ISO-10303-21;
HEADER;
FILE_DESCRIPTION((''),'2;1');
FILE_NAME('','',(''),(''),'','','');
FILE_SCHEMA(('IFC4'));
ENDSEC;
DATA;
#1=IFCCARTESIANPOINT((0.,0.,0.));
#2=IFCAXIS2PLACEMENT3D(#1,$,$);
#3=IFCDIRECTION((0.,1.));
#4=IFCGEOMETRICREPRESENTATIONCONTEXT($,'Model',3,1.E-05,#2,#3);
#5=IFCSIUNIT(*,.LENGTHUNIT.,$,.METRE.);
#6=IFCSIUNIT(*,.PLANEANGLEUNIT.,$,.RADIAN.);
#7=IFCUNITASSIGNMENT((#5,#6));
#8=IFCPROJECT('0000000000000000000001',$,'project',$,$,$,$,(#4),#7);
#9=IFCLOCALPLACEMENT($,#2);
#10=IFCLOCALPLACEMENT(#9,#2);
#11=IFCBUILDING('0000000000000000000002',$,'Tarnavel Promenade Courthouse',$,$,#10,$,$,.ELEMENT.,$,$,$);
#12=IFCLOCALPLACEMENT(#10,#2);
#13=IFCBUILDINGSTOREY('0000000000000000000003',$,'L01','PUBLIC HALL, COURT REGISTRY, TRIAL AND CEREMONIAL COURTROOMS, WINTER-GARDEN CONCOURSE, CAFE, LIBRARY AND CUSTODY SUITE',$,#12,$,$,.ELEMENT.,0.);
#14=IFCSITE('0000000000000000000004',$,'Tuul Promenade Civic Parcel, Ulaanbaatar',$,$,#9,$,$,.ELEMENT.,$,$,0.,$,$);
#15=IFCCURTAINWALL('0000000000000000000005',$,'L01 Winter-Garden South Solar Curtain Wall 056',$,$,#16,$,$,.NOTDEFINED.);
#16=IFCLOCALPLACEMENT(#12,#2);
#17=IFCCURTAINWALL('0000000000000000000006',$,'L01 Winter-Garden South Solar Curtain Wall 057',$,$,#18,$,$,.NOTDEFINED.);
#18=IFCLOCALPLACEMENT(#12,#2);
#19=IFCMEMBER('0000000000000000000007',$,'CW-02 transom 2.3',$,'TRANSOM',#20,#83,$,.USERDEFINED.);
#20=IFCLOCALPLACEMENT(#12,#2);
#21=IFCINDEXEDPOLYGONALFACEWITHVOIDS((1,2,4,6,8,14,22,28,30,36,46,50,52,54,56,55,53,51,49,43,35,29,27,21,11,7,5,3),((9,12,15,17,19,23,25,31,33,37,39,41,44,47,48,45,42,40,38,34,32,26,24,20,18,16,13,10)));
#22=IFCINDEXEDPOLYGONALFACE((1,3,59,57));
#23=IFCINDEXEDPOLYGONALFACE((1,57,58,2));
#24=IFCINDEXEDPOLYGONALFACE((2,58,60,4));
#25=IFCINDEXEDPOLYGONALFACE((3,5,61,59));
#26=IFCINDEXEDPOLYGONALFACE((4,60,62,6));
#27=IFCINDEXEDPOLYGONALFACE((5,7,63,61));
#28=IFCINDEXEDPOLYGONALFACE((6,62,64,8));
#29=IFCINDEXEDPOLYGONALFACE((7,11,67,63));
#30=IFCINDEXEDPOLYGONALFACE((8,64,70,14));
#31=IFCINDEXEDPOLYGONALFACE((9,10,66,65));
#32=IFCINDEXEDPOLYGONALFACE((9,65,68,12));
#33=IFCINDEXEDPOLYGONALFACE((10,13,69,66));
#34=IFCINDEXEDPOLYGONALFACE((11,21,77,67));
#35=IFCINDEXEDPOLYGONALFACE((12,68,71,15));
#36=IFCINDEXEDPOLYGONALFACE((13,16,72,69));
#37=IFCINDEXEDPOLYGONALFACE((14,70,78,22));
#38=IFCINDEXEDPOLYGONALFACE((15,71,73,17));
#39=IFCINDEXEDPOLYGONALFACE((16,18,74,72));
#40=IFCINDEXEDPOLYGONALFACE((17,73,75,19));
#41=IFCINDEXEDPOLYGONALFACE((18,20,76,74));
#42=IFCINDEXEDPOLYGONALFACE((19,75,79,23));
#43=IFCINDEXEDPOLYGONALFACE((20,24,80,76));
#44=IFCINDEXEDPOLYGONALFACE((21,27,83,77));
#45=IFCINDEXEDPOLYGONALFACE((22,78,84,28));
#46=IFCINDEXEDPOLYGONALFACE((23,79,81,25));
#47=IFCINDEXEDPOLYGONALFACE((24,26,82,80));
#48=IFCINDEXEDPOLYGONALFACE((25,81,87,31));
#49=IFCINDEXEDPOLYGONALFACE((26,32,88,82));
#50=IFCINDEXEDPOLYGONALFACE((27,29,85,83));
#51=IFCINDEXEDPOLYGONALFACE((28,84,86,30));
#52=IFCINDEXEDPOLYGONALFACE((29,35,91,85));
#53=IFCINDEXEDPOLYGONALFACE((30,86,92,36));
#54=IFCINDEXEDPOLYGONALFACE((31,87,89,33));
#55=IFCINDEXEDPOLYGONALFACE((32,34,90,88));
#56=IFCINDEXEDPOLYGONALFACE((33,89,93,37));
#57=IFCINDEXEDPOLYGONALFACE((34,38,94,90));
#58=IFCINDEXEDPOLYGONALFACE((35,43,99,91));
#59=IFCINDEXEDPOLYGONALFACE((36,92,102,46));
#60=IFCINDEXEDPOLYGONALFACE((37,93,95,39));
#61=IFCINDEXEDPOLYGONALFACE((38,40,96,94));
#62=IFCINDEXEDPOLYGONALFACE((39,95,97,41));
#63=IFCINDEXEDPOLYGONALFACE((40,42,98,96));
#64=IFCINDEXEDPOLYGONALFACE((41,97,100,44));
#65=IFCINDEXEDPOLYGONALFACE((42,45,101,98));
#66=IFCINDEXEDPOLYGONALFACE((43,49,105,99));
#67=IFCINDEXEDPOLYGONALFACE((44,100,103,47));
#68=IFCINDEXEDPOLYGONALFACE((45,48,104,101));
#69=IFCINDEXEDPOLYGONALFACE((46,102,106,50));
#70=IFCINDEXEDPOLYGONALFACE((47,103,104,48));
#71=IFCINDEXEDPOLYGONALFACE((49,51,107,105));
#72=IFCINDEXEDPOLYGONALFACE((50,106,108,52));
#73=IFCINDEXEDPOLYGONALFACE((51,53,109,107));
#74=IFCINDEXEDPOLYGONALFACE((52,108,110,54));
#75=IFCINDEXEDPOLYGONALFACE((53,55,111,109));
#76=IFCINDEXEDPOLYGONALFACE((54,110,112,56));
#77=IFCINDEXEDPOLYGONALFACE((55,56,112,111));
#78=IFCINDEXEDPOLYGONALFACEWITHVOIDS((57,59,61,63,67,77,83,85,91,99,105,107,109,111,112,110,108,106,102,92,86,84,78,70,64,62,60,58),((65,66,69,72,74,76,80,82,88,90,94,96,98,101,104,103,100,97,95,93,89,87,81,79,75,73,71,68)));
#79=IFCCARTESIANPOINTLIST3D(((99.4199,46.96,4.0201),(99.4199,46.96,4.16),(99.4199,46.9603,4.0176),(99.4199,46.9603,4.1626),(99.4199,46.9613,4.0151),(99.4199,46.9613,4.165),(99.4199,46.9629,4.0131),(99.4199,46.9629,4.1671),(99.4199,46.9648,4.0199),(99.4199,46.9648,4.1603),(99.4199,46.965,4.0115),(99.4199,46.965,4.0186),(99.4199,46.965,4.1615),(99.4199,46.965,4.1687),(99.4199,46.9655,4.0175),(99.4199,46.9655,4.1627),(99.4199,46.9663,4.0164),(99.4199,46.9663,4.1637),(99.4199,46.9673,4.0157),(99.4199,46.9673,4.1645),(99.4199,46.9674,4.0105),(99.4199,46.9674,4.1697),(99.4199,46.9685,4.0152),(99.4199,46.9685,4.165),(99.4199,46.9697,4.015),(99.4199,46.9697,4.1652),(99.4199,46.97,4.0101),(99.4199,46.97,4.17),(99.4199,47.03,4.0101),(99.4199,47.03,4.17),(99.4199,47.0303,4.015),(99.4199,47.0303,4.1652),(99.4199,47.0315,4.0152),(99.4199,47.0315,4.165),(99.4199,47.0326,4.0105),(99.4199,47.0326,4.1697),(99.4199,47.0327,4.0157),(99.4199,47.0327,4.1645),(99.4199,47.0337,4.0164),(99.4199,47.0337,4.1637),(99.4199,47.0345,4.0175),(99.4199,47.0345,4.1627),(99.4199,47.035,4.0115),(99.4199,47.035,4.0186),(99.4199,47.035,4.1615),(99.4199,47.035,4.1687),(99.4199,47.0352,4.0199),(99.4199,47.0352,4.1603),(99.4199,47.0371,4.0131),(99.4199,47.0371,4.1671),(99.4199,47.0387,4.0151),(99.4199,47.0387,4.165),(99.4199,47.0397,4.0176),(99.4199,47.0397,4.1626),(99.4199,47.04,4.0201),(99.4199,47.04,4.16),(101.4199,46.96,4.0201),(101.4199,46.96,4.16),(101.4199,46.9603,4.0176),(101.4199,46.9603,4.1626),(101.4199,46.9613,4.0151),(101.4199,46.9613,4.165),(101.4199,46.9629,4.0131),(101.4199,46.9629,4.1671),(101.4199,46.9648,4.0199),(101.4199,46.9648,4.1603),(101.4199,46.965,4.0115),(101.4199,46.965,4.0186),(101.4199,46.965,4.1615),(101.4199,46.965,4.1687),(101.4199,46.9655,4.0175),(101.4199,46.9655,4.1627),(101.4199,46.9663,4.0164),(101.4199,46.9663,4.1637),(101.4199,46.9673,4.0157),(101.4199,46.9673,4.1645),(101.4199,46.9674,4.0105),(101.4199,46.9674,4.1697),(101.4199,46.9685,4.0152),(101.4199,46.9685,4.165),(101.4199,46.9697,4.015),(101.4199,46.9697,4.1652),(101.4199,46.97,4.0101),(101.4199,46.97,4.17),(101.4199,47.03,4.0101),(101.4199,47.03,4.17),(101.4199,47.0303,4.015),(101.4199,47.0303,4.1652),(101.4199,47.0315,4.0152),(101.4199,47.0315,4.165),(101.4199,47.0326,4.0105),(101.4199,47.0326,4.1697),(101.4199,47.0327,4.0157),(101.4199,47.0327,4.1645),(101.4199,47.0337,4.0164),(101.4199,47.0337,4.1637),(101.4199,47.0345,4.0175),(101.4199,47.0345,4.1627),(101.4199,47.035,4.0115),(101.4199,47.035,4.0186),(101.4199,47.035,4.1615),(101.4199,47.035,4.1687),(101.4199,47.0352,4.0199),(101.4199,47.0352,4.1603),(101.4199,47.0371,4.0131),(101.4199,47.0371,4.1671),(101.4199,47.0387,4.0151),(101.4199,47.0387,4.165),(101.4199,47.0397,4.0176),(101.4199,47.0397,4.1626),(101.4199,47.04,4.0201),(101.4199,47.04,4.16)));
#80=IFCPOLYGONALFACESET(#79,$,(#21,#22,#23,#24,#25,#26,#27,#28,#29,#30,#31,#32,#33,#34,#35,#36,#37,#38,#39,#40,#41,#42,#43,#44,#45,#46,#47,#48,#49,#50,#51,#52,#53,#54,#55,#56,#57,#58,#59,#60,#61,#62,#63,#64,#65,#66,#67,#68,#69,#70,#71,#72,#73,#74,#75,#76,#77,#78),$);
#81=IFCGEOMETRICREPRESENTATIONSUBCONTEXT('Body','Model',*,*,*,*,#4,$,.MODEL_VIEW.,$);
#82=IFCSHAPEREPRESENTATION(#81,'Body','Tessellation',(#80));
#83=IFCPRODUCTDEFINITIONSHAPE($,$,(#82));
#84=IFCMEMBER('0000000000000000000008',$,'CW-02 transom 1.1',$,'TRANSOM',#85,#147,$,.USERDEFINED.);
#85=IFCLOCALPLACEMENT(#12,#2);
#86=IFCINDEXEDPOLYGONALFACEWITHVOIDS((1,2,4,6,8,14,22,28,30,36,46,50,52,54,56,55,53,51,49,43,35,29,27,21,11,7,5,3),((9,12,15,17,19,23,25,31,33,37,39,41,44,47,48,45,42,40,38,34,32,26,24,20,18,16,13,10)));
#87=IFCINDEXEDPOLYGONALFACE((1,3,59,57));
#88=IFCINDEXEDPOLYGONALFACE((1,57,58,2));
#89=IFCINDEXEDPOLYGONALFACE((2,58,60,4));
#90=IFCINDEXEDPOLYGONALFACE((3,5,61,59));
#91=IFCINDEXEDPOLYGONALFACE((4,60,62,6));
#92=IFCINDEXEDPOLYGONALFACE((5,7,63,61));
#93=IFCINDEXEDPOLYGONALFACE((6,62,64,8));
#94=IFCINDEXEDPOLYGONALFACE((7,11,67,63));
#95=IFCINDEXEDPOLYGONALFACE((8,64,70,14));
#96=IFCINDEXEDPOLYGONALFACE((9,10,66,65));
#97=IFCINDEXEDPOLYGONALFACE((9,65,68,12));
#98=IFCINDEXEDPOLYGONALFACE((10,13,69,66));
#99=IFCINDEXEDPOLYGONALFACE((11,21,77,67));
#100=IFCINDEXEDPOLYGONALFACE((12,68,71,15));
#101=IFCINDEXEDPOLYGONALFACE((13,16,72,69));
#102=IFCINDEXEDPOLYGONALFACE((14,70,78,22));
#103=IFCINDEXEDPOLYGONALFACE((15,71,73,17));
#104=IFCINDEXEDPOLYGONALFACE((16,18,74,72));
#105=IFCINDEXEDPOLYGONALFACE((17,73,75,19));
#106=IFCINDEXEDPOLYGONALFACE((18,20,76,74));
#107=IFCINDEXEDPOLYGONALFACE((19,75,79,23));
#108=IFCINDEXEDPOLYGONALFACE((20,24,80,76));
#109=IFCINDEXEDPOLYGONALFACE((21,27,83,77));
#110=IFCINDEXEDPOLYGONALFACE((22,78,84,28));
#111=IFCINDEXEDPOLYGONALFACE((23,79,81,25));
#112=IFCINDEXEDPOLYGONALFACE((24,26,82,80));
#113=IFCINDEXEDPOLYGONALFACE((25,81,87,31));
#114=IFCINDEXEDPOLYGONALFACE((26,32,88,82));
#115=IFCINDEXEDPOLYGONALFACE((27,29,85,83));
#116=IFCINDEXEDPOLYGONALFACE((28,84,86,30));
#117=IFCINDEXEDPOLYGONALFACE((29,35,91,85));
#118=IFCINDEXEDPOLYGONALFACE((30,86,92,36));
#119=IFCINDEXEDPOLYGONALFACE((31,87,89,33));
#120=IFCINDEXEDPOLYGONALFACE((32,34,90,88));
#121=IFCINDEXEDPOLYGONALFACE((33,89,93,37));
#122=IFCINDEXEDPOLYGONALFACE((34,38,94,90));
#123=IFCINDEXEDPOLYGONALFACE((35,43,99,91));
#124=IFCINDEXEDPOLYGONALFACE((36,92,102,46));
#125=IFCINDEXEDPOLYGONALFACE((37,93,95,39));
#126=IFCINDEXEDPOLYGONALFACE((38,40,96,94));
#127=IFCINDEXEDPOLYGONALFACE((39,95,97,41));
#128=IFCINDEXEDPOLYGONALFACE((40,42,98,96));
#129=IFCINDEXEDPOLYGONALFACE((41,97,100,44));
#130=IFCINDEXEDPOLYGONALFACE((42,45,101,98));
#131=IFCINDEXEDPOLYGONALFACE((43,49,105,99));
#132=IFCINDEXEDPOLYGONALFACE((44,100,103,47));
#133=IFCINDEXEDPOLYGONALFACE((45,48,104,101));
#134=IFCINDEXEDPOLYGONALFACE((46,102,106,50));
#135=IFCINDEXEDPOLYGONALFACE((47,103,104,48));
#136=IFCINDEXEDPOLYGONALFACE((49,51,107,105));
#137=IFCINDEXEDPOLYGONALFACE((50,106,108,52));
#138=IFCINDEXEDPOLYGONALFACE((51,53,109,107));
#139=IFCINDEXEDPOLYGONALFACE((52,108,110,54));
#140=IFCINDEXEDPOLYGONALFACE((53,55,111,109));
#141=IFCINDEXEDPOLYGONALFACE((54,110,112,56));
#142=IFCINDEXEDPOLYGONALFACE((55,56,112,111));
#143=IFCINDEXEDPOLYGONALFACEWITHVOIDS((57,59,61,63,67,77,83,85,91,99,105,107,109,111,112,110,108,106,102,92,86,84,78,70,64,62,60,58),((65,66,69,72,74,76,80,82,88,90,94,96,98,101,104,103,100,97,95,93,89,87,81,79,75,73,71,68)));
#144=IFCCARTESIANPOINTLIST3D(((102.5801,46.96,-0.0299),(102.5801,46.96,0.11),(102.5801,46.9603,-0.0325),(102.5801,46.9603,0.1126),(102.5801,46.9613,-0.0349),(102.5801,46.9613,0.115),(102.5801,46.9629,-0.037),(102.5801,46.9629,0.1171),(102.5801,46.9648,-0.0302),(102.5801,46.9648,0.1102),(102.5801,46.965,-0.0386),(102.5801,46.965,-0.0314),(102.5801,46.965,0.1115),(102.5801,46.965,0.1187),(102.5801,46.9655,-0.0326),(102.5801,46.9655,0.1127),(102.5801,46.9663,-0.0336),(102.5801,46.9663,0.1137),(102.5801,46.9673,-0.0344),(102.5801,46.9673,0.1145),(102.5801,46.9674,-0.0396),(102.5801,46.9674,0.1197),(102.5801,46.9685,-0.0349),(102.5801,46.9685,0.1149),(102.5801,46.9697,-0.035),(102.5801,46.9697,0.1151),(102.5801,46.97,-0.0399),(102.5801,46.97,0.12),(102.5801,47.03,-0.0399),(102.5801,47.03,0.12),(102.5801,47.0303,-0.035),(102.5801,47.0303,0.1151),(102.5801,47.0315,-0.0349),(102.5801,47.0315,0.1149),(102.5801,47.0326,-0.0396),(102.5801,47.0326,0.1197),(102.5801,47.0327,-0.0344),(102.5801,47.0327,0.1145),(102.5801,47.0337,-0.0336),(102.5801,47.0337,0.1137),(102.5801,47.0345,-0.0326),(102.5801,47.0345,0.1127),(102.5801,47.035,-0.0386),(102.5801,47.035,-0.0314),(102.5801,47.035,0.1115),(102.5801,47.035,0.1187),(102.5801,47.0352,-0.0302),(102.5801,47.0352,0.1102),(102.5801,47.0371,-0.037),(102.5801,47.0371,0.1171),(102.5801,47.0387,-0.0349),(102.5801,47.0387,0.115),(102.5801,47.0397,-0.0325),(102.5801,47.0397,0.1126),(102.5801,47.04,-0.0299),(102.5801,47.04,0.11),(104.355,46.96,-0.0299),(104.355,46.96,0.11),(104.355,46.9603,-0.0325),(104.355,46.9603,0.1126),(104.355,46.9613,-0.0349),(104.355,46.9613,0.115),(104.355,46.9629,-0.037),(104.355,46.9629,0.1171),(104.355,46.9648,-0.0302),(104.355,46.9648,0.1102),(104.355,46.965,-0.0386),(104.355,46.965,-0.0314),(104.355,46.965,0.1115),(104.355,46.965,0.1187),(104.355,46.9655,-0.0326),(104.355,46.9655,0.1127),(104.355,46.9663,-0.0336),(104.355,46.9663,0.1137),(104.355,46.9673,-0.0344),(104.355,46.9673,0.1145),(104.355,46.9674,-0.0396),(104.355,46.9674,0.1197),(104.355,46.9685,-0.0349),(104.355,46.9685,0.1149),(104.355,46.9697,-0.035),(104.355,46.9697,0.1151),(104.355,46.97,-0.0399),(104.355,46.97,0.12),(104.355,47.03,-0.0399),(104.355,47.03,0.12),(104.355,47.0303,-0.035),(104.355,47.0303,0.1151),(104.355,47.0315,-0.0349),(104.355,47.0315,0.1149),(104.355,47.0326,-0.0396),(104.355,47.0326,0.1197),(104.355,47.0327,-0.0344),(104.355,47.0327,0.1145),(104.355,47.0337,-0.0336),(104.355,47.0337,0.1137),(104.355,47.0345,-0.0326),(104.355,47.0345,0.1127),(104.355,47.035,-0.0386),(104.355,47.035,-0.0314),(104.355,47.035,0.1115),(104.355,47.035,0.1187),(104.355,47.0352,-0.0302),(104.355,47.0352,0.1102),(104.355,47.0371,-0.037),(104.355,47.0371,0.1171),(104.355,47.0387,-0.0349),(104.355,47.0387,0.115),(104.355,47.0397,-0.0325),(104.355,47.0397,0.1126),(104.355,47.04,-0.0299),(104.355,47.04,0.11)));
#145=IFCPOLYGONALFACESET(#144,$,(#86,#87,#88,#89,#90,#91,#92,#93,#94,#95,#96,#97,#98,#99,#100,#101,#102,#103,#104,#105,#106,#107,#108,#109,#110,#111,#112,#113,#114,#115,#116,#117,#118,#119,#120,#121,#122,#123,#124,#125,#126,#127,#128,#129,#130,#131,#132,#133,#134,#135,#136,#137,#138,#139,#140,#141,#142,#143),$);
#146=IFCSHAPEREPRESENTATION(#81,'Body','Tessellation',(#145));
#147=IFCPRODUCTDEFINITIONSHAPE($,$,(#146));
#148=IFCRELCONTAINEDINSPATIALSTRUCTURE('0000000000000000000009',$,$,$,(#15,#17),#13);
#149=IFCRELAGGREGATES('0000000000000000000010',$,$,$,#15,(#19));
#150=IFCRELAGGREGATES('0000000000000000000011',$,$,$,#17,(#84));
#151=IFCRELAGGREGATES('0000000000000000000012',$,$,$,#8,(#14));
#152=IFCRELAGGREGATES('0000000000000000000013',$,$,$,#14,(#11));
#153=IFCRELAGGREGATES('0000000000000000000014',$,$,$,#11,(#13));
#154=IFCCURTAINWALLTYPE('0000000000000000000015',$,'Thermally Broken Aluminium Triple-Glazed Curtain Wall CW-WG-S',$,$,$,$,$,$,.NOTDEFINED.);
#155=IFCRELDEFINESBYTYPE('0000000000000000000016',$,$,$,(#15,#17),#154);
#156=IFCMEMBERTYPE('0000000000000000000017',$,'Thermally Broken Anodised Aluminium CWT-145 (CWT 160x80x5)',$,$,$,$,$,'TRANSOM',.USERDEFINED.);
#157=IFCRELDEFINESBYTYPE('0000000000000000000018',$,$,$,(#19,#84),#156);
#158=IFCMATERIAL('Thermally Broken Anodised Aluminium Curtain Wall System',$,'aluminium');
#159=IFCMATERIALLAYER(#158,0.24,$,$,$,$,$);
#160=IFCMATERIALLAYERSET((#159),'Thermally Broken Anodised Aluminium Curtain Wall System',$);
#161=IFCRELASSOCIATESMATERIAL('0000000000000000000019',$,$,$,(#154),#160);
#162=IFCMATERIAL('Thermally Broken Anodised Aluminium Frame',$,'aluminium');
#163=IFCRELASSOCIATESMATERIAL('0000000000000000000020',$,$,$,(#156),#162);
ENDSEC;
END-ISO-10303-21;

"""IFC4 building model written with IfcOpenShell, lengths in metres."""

from ifc_helpers import new_model, si_unit, direction, frame, origin, origin_2d, place, context, subcontext, project, spatial, hollow_rectangle, extrude, material, layer, layer_set, material_profile, profile_set, type_object, element, aggregate, save


model = new_model("IFC4")

# Units and contexts
model_context = context("Model", 3, precision=1e-05, world=origin(), true_north=direction((0.0, 1.0)))
body_context = subcontext(model_context, "Body", "Model", "MODEL_VIEW")
ifc_project = project(units=[si_unit("LENGTHUNIT", "METRE"), si_unit("PLANEANGLEUNIT", "RADIAN")], contexts=[model_context])

# Site, building, storey
site_placement = place(None, origin())
site = spatial("IfcSite", under=ifc_project, at=site_placement, Name="Tuul Promenade Civic Parcel, Ulaanbaatar", CompositionType="ELEMENT", RefElevation=0.0)
building_placement = place(site_placement, origin())
building = spatial("IfcBuilding", under=site, at=building_placement, Name="Tarnavel Promenade Courthouse", CompositionType="ELEMENT")
storey_placement = place(building_placement, origin())
storey = spatial("IfcBuildingStorey", under=building, at=storey_placement, Name="L01", Description="PUBLIC HALL, COURT REGISTRY, TRIAL AND CEREMONIAL COURTROOMS, WINTER-GARDEN CONCOURSE, CAFE, LIBRARY AND CUSTODY SUITE", CompositionType="ELEMENT", Elevation=0.0)

# Shared definitions
ifc_material_1 = material(Name="Thermally Broken Anodised Aluminium Curtain Wall System", Category="aluminium")
ifc_layer_1 = layer(ifc_material_1, 0.24)
ifc_layer_set_1 = layer_set([ifc_layer_1], Name="Thermally Broken Anodised Aluminium Curtain Wall System")
curtain_wall_type = type_object("IfcCurtainWallType", Name="Thermally Broken Aluminium Triple-Glazed Curtain Wall CW-WG-S", PredefinedType="NOTDEFINED", material=ifc_layer_set_1)
ifc_material_2 = material(Name="Thermally Broken Anodised Aluminium Frame", Category="aluminium")

# Curtain walls
curtain_wall_1_placement = place(storey_placement, origin())
curtain_wall_1 = element("IfcCurtainWall", 1, at=curtain_wall_1_placement, inside=storey, type_object=curtain_wall_type, Name="L01 Winter-Garden South Solar Curtain Wall 056", PredefinedType="NOTDEFINED")
curtain_wall_2_placement = place(storey_placement, origin())
curtain_wall_2 = element("IfcCurtainWall", 2, at=curtain_wall_2_placement, inside=storey, type_object=curtain_wall_type, Name="L01 Winter-Garden South Solar Curtain Wall 057", PredefinedType="NOTDEFINED")

# Members
ifc_material_profile_1 = material_profile(ifc_material_2, hollow_rectangle(XDim=0.0801, YDim=0.1599, WallThickness=0.0049, InnerFilletRadius=0.0049, OuterFilletRadius=0.01, at=origin_2d()), Name="CWT 160x80x5")
ifc_profile_set_1 = profile_set([ifc_material_profile_1], Name="Thermally Broken Anodised Aluminium Frame")
member_type_1 = type_object("IfcMemberType", Name="Thermally Broken Anodised Aluminium CWT-145 (CWT 160x80x5)", ElementType="TRANSOM", PredefinedType="USERDEFINED", material=ifc_profile_set_1)
member_1_placement = place(storey_placement, frame((99.4199, 47.0, 4.0901), z_axis=(1.0, 0.0, 0.0), x_axis=(0.0, 1.0, 0.0)))
member_1 = element("IfcMember", 3, at=member_1_placement, type_object=member_type_1, Name="CW-02 transom 2.3", ObjectType="TRANSOM", PredefinedType="USERDEFINED", context=body_context, shape_type="SweptSolid", body=[
    extrude(hollow_rectangle(XDim=0.0801, YDim=0.1599, WallThickness=0.0049, InnerFilletRadius=0.0049, OuterFilletRadius=0.01, at=origin_2d()), origin(), (0.0, 0.0, 1.0), 2.0),
])
member_2_placement = place(storey_placement, frame((102.5801, 47.0, 0.04), z_axis=(1.0, 0.0, 0.0), x_axis=(0.0, 1.0, 0.0)))
member_2 = element("IfcMember", 4, at=member_2_placement, type_object=member_type_1, Name="CW-02 transom 1.1", ObjectType="TRANSOM", PredefinedType="USERDEFINED", context=body_context, shape_type="SweptSolid", body=[
    extrude(hollow_rectangle(XDim=0.0801, YDim=0.1599, WallThickness=0.0049, InnerFilletRadius=0.0049, OuterFilletRadius=0.01, at=origin_2d()), origin(), (0.0, 0.0, 1.0), 1.7749),
])

aggregate(curtain_wall_1, [member_1])
aggregate(curtain_wall_2, [member_2])

save(model, "model.ifc")
